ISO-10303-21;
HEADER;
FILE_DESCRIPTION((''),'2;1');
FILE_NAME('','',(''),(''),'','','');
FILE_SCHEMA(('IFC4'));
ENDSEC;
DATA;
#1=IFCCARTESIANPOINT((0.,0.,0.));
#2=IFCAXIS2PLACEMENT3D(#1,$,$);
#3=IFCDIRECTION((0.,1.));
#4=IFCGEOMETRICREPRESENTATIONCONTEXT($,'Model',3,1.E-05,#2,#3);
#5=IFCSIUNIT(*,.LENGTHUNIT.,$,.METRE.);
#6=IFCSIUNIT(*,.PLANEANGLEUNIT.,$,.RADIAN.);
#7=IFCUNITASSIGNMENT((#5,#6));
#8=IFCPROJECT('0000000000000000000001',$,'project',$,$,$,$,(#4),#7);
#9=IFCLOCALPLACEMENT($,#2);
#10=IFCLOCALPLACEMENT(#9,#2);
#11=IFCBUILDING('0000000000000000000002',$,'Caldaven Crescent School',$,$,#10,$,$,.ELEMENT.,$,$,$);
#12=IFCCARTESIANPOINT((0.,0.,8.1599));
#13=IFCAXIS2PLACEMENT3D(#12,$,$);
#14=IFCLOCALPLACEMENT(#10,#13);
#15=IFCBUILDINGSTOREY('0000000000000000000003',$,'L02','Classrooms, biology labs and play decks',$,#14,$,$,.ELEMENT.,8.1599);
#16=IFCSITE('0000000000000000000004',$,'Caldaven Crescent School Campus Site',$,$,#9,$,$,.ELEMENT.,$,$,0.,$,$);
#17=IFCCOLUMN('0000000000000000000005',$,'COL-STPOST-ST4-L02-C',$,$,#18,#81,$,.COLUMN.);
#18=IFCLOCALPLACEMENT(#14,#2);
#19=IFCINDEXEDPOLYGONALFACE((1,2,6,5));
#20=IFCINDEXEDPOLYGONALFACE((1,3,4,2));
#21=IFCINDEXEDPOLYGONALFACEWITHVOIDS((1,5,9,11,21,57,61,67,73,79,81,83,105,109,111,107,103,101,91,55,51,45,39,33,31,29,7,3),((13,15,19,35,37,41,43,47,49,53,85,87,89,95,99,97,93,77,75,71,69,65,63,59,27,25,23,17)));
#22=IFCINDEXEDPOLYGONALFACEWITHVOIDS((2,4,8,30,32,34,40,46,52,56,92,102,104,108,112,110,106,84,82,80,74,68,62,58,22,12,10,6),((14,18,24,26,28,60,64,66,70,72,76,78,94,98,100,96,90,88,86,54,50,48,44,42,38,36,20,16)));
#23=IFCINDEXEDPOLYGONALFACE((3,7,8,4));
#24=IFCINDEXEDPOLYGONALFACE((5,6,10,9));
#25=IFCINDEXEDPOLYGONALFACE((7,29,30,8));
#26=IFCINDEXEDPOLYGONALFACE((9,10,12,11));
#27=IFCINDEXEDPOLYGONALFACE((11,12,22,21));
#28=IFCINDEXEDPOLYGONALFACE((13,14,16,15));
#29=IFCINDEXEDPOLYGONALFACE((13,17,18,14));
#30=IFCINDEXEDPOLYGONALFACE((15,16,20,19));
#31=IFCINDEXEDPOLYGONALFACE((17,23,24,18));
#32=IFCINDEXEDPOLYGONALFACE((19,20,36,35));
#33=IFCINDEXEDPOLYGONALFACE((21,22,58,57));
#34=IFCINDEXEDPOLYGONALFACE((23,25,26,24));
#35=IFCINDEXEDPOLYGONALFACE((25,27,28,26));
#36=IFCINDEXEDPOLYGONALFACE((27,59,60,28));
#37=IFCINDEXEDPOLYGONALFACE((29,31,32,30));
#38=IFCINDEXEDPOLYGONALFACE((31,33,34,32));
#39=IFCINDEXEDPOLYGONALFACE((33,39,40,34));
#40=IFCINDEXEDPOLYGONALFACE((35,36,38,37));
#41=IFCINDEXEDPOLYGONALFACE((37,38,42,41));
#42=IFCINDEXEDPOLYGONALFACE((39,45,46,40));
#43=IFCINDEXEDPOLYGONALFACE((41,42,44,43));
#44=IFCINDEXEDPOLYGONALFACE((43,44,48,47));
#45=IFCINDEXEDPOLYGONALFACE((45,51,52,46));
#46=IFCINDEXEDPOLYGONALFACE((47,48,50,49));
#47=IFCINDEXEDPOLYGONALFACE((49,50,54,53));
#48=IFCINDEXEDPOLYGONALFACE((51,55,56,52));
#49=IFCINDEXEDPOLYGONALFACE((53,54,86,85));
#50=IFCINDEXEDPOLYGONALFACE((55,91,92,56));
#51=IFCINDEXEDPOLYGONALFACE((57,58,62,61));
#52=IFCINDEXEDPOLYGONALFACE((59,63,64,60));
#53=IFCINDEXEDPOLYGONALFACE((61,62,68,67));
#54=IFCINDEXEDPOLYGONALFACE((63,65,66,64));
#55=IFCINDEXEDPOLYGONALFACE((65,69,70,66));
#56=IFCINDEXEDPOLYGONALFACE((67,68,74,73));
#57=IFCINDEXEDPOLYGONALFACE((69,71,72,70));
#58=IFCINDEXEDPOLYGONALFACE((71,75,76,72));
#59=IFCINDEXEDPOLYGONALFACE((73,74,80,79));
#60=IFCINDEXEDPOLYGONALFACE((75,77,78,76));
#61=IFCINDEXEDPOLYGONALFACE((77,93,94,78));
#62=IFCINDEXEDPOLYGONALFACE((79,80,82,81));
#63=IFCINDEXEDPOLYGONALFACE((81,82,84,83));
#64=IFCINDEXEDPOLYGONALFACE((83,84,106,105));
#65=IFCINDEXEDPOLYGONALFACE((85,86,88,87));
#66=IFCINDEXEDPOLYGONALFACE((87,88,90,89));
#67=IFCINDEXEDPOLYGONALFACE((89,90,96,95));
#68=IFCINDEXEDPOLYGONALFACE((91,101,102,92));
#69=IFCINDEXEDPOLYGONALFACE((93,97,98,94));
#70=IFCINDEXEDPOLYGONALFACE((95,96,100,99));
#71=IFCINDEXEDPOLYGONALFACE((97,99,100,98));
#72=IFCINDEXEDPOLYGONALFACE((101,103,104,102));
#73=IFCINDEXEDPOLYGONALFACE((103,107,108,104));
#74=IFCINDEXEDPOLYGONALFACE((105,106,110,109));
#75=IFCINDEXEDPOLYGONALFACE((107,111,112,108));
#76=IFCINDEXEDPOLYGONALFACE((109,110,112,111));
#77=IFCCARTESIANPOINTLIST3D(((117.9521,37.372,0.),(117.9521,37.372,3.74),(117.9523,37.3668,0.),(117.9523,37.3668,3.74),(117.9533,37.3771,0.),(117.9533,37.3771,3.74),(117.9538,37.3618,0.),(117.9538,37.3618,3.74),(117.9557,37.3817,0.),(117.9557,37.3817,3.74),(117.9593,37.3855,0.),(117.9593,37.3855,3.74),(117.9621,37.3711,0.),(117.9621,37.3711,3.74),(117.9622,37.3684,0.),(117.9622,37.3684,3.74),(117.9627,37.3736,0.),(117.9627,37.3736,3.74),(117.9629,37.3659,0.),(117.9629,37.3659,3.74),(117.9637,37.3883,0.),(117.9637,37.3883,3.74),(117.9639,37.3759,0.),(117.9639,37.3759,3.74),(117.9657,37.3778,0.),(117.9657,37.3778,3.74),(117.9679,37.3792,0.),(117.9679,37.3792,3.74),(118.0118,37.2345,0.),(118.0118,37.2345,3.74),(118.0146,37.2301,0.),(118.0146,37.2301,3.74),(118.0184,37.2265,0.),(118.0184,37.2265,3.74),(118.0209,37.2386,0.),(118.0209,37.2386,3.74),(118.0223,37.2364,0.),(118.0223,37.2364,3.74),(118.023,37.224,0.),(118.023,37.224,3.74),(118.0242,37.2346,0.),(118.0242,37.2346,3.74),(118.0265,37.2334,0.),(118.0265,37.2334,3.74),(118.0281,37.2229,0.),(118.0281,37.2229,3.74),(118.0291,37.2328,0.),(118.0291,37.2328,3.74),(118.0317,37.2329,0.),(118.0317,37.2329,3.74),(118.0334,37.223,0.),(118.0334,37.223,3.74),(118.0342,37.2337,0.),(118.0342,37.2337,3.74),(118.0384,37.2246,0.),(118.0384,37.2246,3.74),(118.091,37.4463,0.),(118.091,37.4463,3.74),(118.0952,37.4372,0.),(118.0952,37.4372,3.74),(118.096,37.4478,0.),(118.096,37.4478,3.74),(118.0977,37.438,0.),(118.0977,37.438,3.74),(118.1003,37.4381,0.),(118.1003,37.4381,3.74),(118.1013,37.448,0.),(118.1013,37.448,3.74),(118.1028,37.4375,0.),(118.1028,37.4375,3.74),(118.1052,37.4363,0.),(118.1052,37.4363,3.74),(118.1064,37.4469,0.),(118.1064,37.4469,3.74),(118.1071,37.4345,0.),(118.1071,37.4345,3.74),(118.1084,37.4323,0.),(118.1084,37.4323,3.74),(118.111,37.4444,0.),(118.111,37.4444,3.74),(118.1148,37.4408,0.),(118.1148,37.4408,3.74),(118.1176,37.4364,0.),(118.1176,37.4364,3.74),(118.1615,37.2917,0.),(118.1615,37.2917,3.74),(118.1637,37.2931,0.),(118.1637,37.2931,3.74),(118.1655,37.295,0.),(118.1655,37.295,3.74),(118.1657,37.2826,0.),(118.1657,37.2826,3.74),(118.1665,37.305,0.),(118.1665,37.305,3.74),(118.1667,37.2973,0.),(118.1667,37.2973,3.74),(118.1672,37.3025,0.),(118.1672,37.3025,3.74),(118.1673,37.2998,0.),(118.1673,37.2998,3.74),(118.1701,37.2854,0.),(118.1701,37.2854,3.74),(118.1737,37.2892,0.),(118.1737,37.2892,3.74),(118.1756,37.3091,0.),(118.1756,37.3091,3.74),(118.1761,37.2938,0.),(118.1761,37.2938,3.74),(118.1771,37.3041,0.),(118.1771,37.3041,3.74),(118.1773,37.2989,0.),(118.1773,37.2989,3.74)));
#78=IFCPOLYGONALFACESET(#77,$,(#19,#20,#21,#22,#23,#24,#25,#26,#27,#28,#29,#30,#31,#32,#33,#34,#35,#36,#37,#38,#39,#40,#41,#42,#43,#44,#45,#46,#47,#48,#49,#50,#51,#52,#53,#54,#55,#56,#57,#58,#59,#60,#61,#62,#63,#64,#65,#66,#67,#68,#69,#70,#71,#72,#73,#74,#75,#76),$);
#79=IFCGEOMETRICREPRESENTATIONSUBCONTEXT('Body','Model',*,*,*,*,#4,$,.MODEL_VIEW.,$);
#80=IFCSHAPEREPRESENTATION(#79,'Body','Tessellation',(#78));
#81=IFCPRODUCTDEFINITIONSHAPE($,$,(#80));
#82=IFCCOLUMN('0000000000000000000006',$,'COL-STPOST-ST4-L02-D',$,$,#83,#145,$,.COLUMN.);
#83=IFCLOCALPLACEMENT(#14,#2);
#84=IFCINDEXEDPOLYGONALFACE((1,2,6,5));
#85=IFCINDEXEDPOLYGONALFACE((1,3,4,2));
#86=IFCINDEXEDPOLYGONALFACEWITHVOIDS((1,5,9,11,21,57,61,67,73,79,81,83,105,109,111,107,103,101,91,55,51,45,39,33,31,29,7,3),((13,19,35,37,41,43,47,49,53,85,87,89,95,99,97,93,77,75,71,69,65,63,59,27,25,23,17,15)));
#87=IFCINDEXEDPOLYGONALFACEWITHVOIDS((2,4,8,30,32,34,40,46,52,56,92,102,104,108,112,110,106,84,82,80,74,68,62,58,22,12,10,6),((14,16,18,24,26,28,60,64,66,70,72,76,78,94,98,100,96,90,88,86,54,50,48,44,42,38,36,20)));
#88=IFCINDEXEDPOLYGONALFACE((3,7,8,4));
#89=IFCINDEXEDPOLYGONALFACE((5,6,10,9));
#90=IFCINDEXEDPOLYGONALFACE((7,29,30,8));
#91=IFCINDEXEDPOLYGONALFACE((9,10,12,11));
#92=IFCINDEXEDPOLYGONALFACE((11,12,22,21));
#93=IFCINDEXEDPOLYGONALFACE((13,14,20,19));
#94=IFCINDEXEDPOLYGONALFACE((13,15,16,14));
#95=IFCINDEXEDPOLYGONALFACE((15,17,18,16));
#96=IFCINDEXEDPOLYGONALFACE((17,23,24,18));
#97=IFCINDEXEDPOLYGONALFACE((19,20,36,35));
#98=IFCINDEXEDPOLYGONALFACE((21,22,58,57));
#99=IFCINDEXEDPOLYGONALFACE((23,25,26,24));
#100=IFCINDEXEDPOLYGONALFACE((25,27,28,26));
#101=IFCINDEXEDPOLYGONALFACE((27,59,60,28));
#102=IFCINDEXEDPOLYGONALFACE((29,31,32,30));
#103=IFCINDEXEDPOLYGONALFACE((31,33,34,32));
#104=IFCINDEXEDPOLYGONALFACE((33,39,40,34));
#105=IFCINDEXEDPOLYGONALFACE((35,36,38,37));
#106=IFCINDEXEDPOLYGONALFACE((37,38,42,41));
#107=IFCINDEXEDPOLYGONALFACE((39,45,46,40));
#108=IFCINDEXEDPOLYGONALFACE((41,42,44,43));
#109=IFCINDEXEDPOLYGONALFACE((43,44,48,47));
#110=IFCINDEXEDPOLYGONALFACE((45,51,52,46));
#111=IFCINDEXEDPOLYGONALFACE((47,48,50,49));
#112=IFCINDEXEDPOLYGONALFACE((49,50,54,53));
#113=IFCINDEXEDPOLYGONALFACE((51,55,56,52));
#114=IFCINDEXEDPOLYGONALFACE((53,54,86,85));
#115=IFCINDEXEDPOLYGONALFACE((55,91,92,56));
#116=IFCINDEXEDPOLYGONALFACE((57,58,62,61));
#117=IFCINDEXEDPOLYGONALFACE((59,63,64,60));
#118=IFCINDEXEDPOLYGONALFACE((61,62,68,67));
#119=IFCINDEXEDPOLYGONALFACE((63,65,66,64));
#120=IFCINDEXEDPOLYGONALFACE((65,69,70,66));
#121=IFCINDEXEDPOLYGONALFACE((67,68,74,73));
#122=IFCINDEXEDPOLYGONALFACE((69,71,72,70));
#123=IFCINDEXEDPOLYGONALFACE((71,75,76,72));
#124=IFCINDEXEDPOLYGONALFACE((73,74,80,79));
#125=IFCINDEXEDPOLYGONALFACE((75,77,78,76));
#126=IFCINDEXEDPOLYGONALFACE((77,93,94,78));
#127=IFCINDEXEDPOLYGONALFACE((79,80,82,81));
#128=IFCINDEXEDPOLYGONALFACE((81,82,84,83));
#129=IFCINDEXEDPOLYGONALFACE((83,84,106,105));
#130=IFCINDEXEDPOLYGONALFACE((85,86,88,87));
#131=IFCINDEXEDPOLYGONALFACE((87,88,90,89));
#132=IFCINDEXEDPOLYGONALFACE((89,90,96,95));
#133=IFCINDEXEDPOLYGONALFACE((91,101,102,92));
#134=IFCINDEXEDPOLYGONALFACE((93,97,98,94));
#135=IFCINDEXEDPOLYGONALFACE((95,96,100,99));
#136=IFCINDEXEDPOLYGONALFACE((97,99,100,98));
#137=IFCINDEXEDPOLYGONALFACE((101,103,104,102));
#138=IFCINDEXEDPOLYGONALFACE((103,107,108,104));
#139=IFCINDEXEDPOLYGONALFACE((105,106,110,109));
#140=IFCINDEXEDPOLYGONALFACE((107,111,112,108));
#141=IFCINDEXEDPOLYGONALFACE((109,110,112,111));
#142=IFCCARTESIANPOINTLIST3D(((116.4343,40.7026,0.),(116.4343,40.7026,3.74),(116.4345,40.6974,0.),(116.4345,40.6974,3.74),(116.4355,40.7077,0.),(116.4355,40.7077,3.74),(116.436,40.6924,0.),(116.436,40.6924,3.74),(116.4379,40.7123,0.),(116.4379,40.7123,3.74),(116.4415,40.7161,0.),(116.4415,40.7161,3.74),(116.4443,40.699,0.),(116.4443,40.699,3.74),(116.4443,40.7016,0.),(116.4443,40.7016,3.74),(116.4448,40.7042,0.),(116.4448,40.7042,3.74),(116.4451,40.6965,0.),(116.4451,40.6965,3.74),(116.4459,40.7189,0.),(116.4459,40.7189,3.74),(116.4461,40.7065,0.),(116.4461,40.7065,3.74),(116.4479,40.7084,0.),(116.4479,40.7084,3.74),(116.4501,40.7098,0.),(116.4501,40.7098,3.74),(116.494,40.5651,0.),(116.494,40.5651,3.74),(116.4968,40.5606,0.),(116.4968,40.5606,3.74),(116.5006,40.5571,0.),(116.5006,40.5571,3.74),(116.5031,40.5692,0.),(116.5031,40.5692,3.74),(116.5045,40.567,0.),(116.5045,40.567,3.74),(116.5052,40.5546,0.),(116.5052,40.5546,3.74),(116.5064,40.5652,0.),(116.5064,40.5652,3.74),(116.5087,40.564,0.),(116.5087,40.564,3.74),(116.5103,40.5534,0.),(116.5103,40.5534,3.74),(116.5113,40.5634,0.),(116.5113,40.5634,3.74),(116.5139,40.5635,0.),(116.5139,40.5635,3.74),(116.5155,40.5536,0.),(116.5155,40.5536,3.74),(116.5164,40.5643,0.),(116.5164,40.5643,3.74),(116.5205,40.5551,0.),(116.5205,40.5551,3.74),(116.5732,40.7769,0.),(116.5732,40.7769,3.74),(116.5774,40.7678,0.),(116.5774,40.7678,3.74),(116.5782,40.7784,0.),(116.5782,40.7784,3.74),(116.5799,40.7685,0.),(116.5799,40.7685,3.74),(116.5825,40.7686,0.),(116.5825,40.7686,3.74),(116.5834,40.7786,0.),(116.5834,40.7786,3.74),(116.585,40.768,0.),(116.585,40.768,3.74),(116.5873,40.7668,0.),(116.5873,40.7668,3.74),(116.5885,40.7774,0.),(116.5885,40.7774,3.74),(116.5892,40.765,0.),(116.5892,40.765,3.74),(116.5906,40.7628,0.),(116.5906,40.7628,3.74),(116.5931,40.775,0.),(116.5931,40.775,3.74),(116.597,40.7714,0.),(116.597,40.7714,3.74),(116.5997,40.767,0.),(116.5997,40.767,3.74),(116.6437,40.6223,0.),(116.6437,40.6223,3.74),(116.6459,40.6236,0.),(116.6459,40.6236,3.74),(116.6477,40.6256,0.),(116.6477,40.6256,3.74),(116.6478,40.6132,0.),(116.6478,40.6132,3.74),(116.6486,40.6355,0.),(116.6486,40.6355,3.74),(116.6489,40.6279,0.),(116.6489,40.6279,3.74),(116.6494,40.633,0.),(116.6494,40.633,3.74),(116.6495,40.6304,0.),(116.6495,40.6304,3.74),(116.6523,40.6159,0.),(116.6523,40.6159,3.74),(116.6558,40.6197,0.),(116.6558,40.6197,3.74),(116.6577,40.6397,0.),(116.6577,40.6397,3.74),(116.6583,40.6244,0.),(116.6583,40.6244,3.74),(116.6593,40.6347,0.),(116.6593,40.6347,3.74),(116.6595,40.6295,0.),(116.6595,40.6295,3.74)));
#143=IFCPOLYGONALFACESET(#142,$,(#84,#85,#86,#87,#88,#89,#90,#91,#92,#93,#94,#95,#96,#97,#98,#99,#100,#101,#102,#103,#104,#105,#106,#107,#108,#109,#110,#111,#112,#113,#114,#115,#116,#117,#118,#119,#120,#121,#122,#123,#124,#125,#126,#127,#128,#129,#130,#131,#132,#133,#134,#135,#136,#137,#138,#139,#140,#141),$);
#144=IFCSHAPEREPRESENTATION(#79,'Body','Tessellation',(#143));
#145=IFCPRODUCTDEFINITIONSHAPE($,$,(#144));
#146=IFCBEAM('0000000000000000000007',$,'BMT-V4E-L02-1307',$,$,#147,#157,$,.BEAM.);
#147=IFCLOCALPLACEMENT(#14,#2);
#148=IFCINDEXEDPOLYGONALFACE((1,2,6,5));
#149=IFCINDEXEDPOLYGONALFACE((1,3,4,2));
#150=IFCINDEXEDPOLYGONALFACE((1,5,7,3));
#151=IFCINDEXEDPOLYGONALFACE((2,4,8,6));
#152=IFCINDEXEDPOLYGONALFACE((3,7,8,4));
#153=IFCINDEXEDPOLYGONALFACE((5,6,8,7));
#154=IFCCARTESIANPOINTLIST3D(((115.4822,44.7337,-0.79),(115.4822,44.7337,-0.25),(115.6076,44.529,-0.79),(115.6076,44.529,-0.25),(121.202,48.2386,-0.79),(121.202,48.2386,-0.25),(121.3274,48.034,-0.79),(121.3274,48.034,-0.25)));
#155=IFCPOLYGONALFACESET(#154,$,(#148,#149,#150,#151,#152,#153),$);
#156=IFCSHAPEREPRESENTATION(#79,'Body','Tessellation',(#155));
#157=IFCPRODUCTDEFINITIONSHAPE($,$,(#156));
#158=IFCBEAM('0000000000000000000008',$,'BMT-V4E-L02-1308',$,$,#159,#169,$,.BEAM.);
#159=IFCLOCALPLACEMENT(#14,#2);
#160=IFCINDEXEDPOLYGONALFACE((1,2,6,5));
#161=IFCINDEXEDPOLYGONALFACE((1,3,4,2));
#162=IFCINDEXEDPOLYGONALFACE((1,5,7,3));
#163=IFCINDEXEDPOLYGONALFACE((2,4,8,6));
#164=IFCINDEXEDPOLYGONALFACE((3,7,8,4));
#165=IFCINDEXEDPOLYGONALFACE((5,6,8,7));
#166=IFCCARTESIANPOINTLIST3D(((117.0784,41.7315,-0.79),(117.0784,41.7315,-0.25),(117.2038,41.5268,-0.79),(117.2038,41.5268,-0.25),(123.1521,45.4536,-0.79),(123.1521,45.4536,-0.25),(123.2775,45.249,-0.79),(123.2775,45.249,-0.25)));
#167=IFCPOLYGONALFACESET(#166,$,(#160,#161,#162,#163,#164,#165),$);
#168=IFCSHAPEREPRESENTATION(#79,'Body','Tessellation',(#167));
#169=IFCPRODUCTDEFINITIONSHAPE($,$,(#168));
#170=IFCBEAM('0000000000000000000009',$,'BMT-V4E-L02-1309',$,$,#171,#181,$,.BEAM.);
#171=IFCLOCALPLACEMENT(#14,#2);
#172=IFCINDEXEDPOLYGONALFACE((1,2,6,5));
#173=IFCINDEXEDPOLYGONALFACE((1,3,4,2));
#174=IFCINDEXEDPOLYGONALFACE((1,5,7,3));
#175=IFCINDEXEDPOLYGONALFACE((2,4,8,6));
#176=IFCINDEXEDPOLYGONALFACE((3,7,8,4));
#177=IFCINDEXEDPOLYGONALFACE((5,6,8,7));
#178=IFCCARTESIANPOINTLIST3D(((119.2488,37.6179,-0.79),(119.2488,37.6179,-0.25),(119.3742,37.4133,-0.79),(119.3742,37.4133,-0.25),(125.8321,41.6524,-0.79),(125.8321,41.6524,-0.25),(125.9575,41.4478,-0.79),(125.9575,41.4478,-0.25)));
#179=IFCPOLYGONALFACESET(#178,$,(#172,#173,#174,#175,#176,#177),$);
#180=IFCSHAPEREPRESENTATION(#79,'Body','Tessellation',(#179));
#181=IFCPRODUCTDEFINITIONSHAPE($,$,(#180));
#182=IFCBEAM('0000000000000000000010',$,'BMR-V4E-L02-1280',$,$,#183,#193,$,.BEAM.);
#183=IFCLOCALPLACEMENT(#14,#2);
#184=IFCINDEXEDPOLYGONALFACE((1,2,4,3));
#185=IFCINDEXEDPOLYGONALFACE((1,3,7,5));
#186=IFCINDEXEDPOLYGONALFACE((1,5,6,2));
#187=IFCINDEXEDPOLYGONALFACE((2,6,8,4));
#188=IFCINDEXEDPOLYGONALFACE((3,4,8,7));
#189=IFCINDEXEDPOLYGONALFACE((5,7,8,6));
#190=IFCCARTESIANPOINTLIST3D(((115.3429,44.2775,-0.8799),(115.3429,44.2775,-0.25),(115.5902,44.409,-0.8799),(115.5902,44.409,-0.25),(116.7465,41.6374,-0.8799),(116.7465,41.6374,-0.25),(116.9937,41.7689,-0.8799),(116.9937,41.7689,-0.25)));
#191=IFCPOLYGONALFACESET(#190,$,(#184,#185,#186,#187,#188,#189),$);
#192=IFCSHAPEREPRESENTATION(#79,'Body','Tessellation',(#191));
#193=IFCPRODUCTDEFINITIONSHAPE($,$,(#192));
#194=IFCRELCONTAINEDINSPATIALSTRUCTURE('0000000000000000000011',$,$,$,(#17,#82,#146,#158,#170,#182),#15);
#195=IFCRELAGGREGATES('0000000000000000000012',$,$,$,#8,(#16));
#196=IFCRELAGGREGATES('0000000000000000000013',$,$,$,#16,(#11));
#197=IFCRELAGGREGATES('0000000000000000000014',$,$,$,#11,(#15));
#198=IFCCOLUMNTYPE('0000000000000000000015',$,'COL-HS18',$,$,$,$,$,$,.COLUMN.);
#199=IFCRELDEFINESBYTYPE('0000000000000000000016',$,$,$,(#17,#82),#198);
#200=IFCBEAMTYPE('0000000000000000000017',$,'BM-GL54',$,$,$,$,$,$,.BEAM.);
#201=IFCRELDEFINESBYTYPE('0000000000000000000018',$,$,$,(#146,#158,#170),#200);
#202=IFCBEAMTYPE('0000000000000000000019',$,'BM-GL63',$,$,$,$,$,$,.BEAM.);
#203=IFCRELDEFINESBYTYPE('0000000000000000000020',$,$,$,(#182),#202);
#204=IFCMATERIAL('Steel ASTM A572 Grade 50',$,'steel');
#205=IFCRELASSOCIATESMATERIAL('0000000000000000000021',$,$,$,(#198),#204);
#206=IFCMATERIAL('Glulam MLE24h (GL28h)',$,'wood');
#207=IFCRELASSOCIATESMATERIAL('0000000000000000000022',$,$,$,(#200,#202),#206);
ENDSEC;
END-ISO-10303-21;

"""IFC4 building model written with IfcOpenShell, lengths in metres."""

from ifc_helpers import new_model, si_unit, direction, frame, origin, origin_2d, place, context, subcontext, project, spatial, rectangle, hollow_rectangle, extrude, material, material_profile, profile_set, type_object, element, save


model = new_model("IFC4")

# Units and contexts
model_context = context("Model", 3, precision=1e-05, world=origin(), true_north=direction((0.0, 1.0)))
body_context = subcontext(model_context, "Body", "Model", "MODEL_VIEW")
ifc_project = project(units=[si_unit("LENGTHUNIT", "METRE"), si_unit("PLANEANGLEUNIT", "RADIAN")], contexts=[model_context])

# Site, building, storey
site_placement = place(None, origin())
site = spatial("IfcSite", under=ifc_project, at=site_placement, Name="Caldaven Crescent School Campus Site", CompositionType="ELEMENT", RefElevation=0.0)
building_placement = place(site_placement, origin())
building = spatial("IfcBuilding", under=site, at=building_placement, Name="Caldaven Crescent School", CompositionType="ELEMENT")
storey_placement = place(building_placement, frame((0.0, 0.0, 8.1599)))
storey = spatial("IfcBuildingStorey", under=building, at=storey_placement, Name="L02", Description="Classrooms, biology labs and play decks", CompositionType="ELEMENT", Elevation=8.1599)

# Columns
ifc_material_1 = material(Name="Glulam MLE24h (GL28h)", Category="wood")
ifc_material_2 = material(Name="Steel ASTM A572 Grade 50", Category="steel")
ifc_material_profile_1 = material_profile(ifc_material_2, hollow_rectangle(XDim=0.1799, YDim=0.1799, WallThickness=0.01, InnerFilletRadius=0.01, OuterFilletRadius=0.02, at=origin_2d()), Name="HSS 180x180x10")
ifc_profile_set_1 = profile_set([ifc_material_profile_1], Name="Steel ASTM A572 Grade 50")
column_type_1 = type_object("IfcColumnType", Name="COL-HS18", PredefinedType="COLUMN", material=ifc_profile_set_1)
for number, where, z_axis, x_axis, name in (
    (1, (118.0647, 37.3354, 0.0), (0.0, 0.0, 1.0), (0.909961, 0.414693, 0.0), "COL-STPOST-ST4-L02-C"),
    (2, (116.5469, 40.666, 0.0), (0.0, 0.0, 1.0), (0.909961, 0.414693, 0.0), "COL-STPOST-ST4-L02-D"),
):
    element("IfcColumn", number, at=place(storey_placement, frame(where, z_axis=z_axis, x_axis=x_axis)), inside=storey, type_object=column_type_1, Name=name, PredefinedType="COLUMN", context=body_context, shape_type="SweptSolid", body=[
        extrude(hollow_rectangle(XDim=0.1799, YDim=0.1799, WallThickness=0.01, InnerFilletRadius=0.01, OuterFilletRadius=0.02, at=origin_2d()), origin(), (0.0, 0.0, 1.0), 3.74),
    ])

# Beams
ifc_material_profile_2 = material_profile(ifc_material_1, rectangle(XDim=0.24, YDim=0.54, at=origin_2d()), Name="MLE 240x540")
ifc_profile_set_2 = profile_set([ifc_material_profile_2], Name="Glulam MLE24h (GL28h)")
beam_type_1 = type_object("IfcBeamType", Name="BM-GL54", PredefinedType="BEAM", material=ifc_profile_set_2)
beam_1_placement = place(storey_placement, frame((115.5449, 44.6313, -0.52), z_axis=(0.852651, 0.52248, 0.0), x_axis=(-0.52248, 0.852651, 0.0)))
element("IfcBeam", 3, at=beam_1_placement, inside=storey, type_object=beam_type_1, Name="BMT-V4E-L02-1307", PredefinedType="BEAM", context=body_context, shape_type="SweptSolid", body=[
    extrude(rectangle(XDim=0.24, YDim=0.54, at=origin_2d()), origin(), (0.0, 0.0, 1.0), 6.7083),
])
beam_2_placement = place(storey_placement, frame((117.1411, 41.6292, -0.52), z_axis=(0.852629, 0.522517, 0.0), x_axis=(-0.522517, 0.852629, 0.0)))
element("IfcBeam", 4, at=beam_2_placement, inside=storey, type_object=beam_type_1, Name="BMT-V4E-L02-1308", PredefinedType="BEAM", context=body_context, shape_type="SweptSolid", body=[
    extrude(rectangle(XDim=0.24, YDim=0.54, at=origin_2d()), origin(), (0.0, 0.0, 1.0), 7.1235),
])
beam_3_placement = place(storey_placement, frame((119.3115, 37.5156, -0.52), z_axis=(0.852629, 0.522518, 0.0), x_axis=(-0.522518, 0.852629, 0.0)))
element("IfcBeam", 5, at=beam_3_placement, inside=storey, type_object=beam_type_1, Name="BMT-V4E-L02-1309", PredefinedType="BEAM", context=body_context, shape_type="SweptSolid", body=[
    extrude(rectangle(XDim=0.24, YDim=0.54, at=origin_2d()), origin(), (0.0, 0.0, 1.0), 7.7212),
])
ifc_material_profile_3 = material_profile(ifc_material_1, rectangle(XDim=0.28, YDim=0.6299, at=origin_2d()), Name="MLE 280x630")
ifc_profile_set_3 = profile_set([ifc_material_profile_3], Name="Glulam MLE24h (GL28h)")
beam_type_2 = type_object("IfcBeamType", Name="BM-GL63", PredefinedType="BEAM", material=ifc_profile_set_3)
beam_4_placement = place(storey_placement, frame((115.4666, 44.3433, -0.5649), z_axis=(0.469414, -0.882978, 0.0), x_axis=(0.882978, 0.469414, 0.0)))
element("IfcBeam", 6, at=beam_4_placement, inside=storey, type_object=beam_type_2, Name="BMR-V4E-L02-1280", PredefinedType="BEAM", context=body_context, shape_type="SweptSolid", body=[
    extrude(rectangle(XDim=0.28, YDim=0.6299, at=origin_2d()), origin(), (0.0, 0.0, 1.0), 2.99),
])

save(model, "model.ifc")
